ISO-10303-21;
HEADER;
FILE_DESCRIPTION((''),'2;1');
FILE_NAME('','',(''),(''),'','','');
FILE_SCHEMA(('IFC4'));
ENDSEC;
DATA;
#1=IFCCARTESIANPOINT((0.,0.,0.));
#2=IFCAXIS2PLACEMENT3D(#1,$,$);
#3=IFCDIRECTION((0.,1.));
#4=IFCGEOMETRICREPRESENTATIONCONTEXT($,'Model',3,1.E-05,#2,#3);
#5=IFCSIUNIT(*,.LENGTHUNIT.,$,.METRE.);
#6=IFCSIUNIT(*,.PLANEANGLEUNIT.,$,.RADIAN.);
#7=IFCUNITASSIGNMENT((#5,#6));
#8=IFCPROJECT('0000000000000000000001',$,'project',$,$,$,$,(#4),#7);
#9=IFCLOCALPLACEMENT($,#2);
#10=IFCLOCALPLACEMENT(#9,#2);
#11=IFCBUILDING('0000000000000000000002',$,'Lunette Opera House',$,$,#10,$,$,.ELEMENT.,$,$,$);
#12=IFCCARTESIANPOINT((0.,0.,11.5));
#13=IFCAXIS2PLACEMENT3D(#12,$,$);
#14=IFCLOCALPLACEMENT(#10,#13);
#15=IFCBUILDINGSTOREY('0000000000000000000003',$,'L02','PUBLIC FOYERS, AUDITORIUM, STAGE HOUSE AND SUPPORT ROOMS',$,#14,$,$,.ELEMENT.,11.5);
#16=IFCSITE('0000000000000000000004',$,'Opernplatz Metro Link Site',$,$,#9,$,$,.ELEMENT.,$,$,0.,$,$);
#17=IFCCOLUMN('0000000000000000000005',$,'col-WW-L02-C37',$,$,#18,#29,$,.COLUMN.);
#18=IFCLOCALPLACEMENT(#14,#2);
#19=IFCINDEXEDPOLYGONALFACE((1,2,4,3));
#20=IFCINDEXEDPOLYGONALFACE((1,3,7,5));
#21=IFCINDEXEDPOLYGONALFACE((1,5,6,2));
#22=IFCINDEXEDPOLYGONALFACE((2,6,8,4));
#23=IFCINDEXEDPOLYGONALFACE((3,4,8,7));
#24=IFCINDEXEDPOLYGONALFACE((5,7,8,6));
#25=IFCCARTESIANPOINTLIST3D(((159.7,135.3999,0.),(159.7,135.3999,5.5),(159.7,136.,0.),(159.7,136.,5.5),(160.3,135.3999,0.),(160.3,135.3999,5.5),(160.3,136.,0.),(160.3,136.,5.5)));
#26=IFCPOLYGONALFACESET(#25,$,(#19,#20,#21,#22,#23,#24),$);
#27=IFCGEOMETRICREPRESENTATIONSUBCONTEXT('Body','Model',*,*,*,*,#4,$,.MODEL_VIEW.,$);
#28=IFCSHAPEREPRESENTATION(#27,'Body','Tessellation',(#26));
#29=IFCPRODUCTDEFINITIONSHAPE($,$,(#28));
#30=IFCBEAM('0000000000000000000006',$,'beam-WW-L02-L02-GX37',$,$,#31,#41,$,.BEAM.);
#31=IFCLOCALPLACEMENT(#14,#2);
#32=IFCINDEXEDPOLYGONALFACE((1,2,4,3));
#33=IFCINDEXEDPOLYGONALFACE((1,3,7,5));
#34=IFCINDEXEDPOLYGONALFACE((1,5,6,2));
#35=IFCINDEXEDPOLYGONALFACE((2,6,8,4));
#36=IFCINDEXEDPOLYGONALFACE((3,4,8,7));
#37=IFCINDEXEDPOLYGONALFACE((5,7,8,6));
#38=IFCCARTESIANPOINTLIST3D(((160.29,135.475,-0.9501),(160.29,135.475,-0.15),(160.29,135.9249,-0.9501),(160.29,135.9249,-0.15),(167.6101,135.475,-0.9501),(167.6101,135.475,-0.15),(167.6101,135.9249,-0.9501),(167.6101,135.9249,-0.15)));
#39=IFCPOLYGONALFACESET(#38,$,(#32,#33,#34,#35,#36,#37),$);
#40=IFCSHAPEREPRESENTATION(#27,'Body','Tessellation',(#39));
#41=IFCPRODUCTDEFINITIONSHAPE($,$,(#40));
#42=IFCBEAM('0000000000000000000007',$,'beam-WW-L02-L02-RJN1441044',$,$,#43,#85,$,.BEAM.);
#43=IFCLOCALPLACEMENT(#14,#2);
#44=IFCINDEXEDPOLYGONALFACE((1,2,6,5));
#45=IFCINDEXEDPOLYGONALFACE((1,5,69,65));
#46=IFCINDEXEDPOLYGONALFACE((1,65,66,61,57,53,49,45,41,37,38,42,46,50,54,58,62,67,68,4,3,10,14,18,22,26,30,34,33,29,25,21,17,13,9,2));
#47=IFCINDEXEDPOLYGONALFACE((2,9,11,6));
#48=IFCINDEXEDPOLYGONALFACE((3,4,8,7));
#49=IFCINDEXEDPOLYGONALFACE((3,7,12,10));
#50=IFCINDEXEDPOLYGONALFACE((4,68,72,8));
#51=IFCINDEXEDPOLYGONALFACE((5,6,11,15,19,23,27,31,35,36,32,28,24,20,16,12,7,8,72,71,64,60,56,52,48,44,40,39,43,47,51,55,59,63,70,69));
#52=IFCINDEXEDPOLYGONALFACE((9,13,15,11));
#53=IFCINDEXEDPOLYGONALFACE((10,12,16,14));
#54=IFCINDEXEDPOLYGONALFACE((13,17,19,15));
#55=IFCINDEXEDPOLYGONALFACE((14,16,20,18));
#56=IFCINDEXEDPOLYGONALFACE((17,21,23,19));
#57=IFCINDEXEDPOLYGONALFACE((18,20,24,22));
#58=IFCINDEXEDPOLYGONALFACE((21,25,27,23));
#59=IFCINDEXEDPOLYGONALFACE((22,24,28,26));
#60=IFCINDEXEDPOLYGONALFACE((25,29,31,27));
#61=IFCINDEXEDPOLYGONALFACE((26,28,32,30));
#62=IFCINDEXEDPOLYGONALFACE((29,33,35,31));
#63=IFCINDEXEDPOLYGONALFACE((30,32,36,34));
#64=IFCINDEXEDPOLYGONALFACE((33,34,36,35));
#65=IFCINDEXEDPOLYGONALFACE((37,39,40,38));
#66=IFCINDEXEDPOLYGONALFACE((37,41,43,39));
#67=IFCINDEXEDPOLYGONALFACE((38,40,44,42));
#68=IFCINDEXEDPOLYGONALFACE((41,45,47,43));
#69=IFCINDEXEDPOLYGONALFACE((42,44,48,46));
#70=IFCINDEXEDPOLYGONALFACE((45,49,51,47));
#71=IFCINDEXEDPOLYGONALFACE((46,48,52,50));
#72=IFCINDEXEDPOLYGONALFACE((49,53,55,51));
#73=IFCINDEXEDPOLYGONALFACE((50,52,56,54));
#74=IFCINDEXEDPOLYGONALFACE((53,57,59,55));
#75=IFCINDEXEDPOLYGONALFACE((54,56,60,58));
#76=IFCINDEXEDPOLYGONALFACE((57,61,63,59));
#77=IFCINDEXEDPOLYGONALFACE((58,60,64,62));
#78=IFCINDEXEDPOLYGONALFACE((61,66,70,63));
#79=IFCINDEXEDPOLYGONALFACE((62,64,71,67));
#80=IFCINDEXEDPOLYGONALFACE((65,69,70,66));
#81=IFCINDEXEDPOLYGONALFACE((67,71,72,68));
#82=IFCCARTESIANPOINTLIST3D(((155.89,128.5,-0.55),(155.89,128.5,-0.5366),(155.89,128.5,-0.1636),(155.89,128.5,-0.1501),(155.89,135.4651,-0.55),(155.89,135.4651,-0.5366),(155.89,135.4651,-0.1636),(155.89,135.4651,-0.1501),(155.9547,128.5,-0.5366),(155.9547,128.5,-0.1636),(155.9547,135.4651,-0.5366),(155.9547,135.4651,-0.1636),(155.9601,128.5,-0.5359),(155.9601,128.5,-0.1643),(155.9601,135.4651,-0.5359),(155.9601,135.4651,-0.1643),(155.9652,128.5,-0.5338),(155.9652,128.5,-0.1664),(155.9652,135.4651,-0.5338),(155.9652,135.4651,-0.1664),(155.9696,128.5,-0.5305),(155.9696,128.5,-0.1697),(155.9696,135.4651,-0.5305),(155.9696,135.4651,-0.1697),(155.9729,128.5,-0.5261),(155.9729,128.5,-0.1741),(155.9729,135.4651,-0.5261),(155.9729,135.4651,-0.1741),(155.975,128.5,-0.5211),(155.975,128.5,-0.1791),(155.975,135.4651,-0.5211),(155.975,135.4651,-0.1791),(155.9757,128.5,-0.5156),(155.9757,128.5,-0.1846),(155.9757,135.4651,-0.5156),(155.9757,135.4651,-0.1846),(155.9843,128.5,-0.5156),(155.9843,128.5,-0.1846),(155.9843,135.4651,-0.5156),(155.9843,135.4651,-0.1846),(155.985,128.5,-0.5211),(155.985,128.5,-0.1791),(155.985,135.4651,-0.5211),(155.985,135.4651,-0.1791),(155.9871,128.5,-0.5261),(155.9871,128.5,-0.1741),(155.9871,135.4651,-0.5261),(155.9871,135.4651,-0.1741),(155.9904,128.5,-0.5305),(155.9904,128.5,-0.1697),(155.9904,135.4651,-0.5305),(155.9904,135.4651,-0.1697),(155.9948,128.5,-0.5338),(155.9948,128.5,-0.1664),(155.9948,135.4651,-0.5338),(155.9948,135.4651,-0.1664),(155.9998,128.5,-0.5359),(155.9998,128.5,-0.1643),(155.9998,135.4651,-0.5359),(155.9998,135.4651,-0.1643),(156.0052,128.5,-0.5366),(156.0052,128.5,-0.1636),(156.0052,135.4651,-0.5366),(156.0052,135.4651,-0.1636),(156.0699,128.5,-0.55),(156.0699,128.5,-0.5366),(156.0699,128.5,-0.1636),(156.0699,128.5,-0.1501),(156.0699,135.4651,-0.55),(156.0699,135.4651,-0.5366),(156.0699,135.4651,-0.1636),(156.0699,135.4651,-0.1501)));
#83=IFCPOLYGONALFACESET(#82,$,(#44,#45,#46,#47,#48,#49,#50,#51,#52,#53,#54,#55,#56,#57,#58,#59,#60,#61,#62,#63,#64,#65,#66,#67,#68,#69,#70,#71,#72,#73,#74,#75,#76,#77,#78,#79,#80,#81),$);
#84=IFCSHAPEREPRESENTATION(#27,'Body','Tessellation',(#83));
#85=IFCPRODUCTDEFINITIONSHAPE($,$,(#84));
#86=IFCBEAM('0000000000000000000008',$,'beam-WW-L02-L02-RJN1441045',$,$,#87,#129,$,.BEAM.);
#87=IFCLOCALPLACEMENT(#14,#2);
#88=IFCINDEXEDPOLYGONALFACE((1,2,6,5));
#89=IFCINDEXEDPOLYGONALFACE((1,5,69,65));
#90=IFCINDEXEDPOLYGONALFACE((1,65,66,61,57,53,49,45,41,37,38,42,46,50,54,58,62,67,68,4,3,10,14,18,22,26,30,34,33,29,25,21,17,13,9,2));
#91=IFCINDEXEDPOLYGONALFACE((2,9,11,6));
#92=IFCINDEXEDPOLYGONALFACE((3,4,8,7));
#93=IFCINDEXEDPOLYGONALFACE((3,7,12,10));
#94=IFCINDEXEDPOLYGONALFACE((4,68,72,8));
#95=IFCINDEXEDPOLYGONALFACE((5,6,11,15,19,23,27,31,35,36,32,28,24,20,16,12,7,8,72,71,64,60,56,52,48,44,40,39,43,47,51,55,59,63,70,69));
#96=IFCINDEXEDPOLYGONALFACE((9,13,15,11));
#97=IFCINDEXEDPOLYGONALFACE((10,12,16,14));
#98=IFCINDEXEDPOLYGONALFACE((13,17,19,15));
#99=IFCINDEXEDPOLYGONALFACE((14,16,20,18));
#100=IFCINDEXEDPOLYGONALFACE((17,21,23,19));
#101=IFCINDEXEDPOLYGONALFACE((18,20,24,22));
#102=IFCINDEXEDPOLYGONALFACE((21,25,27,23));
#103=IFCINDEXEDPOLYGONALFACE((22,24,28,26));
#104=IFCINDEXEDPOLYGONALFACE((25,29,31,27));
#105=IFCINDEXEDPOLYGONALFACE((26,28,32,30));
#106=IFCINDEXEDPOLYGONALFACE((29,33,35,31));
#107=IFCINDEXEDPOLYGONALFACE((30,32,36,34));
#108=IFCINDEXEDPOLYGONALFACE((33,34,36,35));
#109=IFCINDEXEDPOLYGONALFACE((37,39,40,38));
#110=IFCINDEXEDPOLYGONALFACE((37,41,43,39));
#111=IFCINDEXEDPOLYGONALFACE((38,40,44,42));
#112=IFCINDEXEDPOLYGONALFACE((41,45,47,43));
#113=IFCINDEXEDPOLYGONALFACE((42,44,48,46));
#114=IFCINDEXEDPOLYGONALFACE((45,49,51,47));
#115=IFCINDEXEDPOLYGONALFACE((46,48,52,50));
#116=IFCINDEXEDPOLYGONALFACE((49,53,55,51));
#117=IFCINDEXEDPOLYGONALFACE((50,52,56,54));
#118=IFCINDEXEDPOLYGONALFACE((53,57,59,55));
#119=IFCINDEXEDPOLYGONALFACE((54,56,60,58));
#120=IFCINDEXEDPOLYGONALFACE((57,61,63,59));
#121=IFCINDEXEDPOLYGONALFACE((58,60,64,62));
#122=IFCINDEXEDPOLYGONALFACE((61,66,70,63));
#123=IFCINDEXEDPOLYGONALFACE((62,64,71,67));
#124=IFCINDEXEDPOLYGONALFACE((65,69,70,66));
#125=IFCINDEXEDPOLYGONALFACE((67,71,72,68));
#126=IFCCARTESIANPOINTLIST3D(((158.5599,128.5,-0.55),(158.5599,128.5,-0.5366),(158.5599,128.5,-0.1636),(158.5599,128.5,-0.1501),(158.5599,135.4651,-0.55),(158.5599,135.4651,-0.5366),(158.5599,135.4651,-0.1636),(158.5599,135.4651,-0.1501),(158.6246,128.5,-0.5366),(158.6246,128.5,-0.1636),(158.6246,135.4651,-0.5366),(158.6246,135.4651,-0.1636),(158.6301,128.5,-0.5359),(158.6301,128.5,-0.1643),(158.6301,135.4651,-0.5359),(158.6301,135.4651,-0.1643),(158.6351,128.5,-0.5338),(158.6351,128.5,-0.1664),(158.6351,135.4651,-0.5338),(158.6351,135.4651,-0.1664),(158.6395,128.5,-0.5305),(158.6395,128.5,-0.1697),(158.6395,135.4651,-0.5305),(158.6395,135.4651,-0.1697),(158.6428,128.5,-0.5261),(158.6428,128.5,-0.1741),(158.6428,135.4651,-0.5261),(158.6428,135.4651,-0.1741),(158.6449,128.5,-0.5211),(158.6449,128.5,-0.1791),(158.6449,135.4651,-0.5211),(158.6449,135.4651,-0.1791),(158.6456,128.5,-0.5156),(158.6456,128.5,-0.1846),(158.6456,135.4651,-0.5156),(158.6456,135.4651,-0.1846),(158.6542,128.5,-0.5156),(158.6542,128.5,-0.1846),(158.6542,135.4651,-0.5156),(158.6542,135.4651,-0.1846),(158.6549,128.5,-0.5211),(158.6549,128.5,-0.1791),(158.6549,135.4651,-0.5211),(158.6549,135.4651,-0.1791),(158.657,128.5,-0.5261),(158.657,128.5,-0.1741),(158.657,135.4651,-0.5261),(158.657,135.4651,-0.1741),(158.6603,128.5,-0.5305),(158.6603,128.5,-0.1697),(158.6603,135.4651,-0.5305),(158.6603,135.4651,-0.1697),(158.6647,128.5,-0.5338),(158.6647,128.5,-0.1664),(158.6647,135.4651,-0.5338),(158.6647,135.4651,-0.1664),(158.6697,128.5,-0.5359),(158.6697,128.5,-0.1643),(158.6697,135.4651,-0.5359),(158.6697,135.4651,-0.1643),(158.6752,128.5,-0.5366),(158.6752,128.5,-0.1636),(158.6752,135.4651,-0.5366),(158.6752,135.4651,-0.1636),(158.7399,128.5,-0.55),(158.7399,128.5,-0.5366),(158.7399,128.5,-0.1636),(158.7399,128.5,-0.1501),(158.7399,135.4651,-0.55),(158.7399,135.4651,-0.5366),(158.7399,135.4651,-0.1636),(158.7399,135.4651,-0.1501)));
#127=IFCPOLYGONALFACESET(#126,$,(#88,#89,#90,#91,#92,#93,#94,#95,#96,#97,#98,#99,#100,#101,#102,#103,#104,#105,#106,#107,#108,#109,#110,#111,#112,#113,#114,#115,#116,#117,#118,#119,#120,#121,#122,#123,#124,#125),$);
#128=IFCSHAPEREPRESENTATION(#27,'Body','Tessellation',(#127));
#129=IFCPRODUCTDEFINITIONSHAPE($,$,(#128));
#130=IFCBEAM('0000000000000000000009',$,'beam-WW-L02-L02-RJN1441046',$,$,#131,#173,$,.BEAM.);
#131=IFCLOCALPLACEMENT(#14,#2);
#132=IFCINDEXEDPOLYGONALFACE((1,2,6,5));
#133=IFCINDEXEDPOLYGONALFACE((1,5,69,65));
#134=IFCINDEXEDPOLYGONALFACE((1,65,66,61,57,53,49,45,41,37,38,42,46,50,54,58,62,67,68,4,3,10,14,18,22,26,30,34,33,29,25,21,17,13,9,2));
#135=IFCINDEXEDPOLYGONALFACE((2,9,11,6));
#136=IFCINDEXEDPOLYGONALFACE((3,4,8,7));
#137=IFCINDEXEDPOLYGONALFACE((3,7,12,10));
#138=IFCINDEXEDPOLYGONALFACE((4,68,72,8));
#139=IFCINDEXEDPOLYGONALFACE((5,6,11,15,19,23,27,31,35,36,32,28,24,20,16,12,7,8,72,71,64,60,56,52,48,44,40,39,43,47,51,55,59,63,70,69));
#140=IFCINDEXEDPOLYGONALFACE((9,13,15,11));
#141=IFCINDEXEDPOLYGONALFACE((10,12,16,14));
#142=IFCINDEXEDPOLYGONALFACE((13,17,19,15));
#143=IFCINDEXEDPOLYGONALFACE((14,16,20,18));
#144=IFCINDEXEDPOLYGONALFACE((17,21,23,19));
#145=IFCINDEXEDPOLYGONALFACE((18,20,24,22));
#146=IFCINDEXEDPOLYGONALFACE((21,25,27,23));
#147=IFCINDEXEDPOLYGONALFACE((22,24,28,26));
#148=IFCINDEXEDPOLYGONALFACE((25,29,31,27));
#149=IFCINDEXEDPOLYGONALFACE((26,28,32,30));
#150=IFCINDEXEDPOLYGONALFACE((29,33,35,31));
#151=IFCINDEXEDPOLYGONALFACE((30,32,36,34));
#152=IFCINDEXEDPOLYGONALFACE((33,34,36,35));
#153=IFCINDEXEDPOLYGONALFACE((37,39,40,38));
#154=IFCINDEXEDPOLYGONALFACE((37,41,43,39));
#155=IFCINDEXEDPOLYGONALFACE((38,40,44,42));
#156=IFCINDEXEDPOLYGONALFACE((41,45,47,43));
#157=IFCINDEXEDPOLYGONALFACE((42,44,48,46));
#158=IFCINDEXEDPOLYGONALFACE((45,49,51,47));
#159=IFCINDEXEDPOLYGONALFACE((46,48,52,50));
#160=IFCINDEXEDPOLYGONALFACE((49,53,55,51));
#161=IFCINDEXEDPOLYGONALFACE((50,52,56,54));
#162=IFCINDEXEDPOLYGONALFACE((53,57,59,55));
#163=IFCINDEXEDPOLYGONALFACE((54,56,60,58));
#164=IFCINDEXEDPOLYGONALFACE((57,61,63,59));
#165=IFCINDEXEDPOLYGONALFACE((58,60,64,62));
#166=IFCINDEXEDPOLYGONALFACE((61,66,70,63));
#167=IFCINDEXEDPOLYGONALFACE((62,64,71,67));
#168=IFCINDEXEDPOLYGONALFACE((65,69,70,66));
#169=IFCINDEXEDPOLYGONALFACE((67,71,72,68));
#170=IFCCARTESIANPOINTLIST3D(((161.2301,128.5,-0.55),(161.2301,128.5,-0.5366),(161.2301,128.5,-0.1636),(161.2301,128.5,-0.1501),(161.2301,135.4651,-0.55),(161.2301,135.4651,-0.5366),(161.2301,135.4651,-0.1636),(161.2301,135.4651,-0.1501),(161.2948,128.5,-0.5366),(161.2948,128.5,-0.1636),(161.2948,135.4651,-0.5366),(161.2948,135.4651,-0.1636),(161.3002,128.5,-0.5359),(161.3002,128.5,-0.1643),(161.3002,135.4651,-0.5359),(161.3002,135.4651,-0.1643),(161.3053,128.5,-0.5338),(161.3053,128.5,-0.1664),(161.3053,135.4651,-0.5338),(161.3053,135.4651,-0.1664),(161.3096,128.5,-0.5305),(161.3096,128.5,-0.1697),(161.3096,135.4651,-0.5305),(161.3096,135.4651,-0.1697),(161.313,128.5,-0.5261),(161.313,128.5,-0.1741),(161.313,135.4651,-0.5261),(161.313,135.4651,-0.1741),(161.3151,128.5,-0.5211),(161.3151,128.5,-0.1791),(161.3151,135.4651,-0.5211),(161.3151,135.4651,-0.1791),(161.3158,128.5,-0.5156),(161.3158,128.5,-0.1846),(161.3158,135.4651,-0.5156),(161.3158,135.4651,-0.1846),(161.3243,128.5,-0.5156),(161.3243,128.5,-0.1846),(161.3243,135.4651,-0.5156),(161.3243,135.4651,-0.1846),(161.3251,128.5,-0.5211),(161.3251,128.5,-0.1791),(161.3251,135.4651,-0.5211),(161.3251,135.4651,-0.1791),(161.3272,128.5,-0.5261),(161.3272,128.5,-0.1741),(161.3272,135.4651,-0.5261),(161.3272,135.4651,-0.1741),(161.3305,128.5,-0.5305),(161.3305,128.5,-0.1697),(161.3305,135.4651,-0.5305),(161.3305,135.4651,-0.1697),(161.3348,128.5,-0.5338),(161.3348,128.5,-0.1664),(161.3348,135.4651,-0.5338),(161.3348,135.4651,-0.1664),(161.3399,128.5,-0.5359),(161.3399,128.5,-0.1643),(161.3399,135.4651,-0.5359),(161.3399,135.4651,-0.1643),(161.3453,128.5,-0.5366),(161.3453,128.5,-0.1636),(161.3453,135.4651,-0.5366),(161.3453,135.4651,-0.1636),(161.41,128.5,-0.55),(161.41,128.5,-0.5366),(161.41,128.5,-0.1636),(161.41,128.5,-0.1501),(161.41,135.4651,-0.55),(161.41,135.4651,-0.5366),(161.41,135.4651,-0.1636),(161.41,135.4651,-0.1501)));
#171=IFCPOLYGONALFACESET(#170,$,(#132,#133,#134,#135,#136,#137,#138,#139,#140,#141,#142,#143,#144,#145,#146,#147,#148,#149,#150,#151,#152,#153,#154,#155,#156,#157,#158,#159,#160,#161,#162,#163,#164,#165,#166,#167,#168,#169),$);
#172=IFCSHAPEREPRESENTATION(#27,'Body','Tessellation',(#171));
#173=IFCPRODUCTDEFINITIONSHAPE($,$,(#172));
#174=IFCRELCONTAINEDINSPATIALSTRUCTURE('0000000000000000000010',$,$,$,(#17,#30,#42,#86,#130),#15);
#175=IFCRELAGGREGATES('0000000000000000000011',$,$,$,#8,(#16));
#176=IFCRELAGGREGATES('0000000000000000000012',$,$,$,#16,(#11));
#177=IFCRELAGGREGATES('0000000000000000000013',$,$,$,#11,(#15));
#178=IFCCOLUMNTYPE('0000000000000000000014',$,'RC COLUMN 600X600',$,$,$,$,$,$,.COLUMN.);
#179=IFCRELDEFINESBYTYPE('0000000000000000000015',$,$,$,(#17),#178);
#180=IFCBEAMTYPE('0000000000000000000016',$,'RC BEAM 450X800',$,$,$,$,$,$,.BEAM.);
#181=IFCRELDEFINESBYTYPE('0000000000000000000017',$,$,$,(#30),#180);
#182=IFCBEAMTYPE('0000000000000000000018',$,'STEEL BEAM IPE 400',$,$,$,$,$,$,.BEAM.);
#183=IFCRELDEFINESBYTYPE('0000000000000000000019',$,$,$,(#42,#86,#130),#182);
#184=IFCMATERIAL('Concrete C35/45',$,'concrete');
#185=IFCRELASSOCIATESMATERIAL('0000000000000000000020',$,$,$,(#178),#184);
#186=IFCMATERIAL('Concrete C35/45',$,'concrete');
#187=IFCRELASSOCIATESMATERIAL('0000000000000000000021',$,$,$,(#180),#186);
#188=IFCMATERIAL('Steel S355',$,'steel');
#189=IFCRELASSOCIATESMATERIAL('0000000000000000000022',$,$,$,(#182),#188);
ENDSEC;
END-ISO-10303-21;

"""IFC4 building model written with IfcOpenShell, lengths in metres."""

from ifc_helpers import new_model, si_unit, direction, frame, origin, origin_2d, place, context, subcontext, project, spatial, rectangle, i_section, extrude, material, material_profile, profile_set, type_object, element, save


model = new_model("IFC4")

# Units and contexts
model_context = context("Model", 3, precision=1e-05, world=origin(), true_north=direction((0.0, 1.0)))
body_context = subcontext(model_context, "Body", "Model", "MODEL_VIEW")
ifc_project = project(units=[si_unit("LENGTHUNIT", "METRE"), si_unit("PLANEANGLEUNIT", "RADIAN")], contexts=[model_context])

# Site, building, storey
site_placement = place(None, origin())
site = spatial("IfcSite", under=ifc_project, at=site_placement, Name="Opernplatz Metro Link Site", CompositionType="ELEMENT", RefElevation=0.0)
building_placement = place(site_placement, origin())
building = spatial("IfcBuilding", under=site, at=building_placement, Name="Lunette Opera House", CompositionType="ELEMENT")
storey_placement = place(building_placement, frame((0.0, 0.0, 11.5)))
storey = spatial("IfcBuildingStorey", under=building, at=storey_placement, Name="L02", Description="PUBLIC FOYERS, AUDITORIUM, STAGE HOUSE AND SUPPORT ROOMS", CompositionType="ELEMENT", Elevation=11.5)

# Column
ifc_material_1 = material(Name="Concrete C35/45", Category="concrete")
ifc_material_profile_1 = material_profile(ifc_material_1, rectangle(XDim=0.6001, YDim=0.6001, at=origin_2d()), Name="RC COLUMN 600X600")
ifc_profile_set_1 = profile_set([ifc_material_profile_1], Name="Concrete C35/45")
column_type = type_object("IfcColumnType", Name="RC COLUMN 600X600", PredefinedType="COLUMN", material=ifc_profile_set_1)
column_placement = place(storey_placement, frame((160.0, 135.7, 0.0), z_axis=(0.0, 0.0, 1.0), x_axis=(1.0, 0.0, 0.0)))
element("IfcColumn", 1, at=column_placement, inside=storey, type_object=column_type, Name="col-WW-L02-C37", PredefinedType="COLUMN", context=body_context, shape_type="SweptSolid", body=[
    extrude(rectangle(XDim=0.6001, YDim=0.6001, at=origin_2d()), origin(), (0.0, 0.0, 1.0), 5.5),
])

# Beams
ifc_material_2 = material(Name="Concrete C35/45", Category="concrete")
ifc_material_profile_2 = material_profile(ifc_material_2, rectangle(XDim=0.45, YDim=0.8, at=origin_2d()), Name="RC BEAM 450X800")
ifc_profile_set_2 = profile_set([ifc_material_profile_2], Name="Concrete C35/45")
beam_type_1 = type_object("IfcBeamType", Name="RC BEAM 450X800", PredefinedType="BEAM", material=ifc_profile_set_2)
beam_placement = place(storey_placement, frame((160.29, 135.7, -0.55), z_axis=(1.0, 0.0, 0.0), x_axis=(0.0, 1.0, 0.0)))
element("IfcBeam", 2, at=beam_placement, inside=storey, type_object=beam_type_1, Name="beam-WW-L02-L02-GX37", PredefinedType="BEAM", context=body_context, shape_type="SweptSolid", body=[
    extrude(rectangle(XDim=0.45, YDim=0.8, at=origin_2d()), origin(), (0.0, 0.0, 1.0), 7.3201),
])
ifc_material_3 = material(Name="Steel S355", Category="steel")
ifc_material_profile_3 = material_profile(ifc_material_3, i_section(OverallWidth=0.1799, OverallDepth=0.3999, WebThickness=0.0085, FlangeThickness=0.0134, FilletRadius=0.021, at=origin_2d()), Name="IPE 400")
ifc_profile_set_3 = profile_set([ifc_material_profile_3], Name="Steel S355")
beam_type_2 = type_object("IfcBeamType", Name="STEEL BEAM IPE 400", PredefinedType="BEAM", material=ifc_profile_set_3)
for number, where, z_axis, x_axis, name in (
    (3, (155.98, 128.5, -0.3501), (0.0, 1.0, 0.0), (-1.0, 0.0, 0.0), "beam-WW-L02-L02-RJN1441044"),
    (4, (158.6499, 128.5, -0.3501), (0.0, 1.0, 0.0), (-1.0, 0.0, 0.0), "beam-WW-L02-L02-RJN1441045"),
    (5, (161.3201, 128.5, -0.3501), (0.0, 1.0, 0.0), (-1.0, 0.0, 0.0), "beam-WW-L02-L02-RJN1441046"),
):
    element("IfcBeam", number, at=place(storey_placement, frame(where, z_axis=z_axis, x_axis=x_axis)), inside=storey, type_object=beam_type_2, Name=name, PredefinedType="BEAM", context=body_context, shape_type="SweptSolid", body=[
        extrude(i_section(OverallWidth=0.1799, OverallDepth=0.3999, WebThickness=0.0085, FlangeThickness=0.0134, FilletRadius=0.021, at=origin_2d()), origin(), (0.0, 0.0, 1.0), 6.9651),
    ])

save(model, "model.ifc")
